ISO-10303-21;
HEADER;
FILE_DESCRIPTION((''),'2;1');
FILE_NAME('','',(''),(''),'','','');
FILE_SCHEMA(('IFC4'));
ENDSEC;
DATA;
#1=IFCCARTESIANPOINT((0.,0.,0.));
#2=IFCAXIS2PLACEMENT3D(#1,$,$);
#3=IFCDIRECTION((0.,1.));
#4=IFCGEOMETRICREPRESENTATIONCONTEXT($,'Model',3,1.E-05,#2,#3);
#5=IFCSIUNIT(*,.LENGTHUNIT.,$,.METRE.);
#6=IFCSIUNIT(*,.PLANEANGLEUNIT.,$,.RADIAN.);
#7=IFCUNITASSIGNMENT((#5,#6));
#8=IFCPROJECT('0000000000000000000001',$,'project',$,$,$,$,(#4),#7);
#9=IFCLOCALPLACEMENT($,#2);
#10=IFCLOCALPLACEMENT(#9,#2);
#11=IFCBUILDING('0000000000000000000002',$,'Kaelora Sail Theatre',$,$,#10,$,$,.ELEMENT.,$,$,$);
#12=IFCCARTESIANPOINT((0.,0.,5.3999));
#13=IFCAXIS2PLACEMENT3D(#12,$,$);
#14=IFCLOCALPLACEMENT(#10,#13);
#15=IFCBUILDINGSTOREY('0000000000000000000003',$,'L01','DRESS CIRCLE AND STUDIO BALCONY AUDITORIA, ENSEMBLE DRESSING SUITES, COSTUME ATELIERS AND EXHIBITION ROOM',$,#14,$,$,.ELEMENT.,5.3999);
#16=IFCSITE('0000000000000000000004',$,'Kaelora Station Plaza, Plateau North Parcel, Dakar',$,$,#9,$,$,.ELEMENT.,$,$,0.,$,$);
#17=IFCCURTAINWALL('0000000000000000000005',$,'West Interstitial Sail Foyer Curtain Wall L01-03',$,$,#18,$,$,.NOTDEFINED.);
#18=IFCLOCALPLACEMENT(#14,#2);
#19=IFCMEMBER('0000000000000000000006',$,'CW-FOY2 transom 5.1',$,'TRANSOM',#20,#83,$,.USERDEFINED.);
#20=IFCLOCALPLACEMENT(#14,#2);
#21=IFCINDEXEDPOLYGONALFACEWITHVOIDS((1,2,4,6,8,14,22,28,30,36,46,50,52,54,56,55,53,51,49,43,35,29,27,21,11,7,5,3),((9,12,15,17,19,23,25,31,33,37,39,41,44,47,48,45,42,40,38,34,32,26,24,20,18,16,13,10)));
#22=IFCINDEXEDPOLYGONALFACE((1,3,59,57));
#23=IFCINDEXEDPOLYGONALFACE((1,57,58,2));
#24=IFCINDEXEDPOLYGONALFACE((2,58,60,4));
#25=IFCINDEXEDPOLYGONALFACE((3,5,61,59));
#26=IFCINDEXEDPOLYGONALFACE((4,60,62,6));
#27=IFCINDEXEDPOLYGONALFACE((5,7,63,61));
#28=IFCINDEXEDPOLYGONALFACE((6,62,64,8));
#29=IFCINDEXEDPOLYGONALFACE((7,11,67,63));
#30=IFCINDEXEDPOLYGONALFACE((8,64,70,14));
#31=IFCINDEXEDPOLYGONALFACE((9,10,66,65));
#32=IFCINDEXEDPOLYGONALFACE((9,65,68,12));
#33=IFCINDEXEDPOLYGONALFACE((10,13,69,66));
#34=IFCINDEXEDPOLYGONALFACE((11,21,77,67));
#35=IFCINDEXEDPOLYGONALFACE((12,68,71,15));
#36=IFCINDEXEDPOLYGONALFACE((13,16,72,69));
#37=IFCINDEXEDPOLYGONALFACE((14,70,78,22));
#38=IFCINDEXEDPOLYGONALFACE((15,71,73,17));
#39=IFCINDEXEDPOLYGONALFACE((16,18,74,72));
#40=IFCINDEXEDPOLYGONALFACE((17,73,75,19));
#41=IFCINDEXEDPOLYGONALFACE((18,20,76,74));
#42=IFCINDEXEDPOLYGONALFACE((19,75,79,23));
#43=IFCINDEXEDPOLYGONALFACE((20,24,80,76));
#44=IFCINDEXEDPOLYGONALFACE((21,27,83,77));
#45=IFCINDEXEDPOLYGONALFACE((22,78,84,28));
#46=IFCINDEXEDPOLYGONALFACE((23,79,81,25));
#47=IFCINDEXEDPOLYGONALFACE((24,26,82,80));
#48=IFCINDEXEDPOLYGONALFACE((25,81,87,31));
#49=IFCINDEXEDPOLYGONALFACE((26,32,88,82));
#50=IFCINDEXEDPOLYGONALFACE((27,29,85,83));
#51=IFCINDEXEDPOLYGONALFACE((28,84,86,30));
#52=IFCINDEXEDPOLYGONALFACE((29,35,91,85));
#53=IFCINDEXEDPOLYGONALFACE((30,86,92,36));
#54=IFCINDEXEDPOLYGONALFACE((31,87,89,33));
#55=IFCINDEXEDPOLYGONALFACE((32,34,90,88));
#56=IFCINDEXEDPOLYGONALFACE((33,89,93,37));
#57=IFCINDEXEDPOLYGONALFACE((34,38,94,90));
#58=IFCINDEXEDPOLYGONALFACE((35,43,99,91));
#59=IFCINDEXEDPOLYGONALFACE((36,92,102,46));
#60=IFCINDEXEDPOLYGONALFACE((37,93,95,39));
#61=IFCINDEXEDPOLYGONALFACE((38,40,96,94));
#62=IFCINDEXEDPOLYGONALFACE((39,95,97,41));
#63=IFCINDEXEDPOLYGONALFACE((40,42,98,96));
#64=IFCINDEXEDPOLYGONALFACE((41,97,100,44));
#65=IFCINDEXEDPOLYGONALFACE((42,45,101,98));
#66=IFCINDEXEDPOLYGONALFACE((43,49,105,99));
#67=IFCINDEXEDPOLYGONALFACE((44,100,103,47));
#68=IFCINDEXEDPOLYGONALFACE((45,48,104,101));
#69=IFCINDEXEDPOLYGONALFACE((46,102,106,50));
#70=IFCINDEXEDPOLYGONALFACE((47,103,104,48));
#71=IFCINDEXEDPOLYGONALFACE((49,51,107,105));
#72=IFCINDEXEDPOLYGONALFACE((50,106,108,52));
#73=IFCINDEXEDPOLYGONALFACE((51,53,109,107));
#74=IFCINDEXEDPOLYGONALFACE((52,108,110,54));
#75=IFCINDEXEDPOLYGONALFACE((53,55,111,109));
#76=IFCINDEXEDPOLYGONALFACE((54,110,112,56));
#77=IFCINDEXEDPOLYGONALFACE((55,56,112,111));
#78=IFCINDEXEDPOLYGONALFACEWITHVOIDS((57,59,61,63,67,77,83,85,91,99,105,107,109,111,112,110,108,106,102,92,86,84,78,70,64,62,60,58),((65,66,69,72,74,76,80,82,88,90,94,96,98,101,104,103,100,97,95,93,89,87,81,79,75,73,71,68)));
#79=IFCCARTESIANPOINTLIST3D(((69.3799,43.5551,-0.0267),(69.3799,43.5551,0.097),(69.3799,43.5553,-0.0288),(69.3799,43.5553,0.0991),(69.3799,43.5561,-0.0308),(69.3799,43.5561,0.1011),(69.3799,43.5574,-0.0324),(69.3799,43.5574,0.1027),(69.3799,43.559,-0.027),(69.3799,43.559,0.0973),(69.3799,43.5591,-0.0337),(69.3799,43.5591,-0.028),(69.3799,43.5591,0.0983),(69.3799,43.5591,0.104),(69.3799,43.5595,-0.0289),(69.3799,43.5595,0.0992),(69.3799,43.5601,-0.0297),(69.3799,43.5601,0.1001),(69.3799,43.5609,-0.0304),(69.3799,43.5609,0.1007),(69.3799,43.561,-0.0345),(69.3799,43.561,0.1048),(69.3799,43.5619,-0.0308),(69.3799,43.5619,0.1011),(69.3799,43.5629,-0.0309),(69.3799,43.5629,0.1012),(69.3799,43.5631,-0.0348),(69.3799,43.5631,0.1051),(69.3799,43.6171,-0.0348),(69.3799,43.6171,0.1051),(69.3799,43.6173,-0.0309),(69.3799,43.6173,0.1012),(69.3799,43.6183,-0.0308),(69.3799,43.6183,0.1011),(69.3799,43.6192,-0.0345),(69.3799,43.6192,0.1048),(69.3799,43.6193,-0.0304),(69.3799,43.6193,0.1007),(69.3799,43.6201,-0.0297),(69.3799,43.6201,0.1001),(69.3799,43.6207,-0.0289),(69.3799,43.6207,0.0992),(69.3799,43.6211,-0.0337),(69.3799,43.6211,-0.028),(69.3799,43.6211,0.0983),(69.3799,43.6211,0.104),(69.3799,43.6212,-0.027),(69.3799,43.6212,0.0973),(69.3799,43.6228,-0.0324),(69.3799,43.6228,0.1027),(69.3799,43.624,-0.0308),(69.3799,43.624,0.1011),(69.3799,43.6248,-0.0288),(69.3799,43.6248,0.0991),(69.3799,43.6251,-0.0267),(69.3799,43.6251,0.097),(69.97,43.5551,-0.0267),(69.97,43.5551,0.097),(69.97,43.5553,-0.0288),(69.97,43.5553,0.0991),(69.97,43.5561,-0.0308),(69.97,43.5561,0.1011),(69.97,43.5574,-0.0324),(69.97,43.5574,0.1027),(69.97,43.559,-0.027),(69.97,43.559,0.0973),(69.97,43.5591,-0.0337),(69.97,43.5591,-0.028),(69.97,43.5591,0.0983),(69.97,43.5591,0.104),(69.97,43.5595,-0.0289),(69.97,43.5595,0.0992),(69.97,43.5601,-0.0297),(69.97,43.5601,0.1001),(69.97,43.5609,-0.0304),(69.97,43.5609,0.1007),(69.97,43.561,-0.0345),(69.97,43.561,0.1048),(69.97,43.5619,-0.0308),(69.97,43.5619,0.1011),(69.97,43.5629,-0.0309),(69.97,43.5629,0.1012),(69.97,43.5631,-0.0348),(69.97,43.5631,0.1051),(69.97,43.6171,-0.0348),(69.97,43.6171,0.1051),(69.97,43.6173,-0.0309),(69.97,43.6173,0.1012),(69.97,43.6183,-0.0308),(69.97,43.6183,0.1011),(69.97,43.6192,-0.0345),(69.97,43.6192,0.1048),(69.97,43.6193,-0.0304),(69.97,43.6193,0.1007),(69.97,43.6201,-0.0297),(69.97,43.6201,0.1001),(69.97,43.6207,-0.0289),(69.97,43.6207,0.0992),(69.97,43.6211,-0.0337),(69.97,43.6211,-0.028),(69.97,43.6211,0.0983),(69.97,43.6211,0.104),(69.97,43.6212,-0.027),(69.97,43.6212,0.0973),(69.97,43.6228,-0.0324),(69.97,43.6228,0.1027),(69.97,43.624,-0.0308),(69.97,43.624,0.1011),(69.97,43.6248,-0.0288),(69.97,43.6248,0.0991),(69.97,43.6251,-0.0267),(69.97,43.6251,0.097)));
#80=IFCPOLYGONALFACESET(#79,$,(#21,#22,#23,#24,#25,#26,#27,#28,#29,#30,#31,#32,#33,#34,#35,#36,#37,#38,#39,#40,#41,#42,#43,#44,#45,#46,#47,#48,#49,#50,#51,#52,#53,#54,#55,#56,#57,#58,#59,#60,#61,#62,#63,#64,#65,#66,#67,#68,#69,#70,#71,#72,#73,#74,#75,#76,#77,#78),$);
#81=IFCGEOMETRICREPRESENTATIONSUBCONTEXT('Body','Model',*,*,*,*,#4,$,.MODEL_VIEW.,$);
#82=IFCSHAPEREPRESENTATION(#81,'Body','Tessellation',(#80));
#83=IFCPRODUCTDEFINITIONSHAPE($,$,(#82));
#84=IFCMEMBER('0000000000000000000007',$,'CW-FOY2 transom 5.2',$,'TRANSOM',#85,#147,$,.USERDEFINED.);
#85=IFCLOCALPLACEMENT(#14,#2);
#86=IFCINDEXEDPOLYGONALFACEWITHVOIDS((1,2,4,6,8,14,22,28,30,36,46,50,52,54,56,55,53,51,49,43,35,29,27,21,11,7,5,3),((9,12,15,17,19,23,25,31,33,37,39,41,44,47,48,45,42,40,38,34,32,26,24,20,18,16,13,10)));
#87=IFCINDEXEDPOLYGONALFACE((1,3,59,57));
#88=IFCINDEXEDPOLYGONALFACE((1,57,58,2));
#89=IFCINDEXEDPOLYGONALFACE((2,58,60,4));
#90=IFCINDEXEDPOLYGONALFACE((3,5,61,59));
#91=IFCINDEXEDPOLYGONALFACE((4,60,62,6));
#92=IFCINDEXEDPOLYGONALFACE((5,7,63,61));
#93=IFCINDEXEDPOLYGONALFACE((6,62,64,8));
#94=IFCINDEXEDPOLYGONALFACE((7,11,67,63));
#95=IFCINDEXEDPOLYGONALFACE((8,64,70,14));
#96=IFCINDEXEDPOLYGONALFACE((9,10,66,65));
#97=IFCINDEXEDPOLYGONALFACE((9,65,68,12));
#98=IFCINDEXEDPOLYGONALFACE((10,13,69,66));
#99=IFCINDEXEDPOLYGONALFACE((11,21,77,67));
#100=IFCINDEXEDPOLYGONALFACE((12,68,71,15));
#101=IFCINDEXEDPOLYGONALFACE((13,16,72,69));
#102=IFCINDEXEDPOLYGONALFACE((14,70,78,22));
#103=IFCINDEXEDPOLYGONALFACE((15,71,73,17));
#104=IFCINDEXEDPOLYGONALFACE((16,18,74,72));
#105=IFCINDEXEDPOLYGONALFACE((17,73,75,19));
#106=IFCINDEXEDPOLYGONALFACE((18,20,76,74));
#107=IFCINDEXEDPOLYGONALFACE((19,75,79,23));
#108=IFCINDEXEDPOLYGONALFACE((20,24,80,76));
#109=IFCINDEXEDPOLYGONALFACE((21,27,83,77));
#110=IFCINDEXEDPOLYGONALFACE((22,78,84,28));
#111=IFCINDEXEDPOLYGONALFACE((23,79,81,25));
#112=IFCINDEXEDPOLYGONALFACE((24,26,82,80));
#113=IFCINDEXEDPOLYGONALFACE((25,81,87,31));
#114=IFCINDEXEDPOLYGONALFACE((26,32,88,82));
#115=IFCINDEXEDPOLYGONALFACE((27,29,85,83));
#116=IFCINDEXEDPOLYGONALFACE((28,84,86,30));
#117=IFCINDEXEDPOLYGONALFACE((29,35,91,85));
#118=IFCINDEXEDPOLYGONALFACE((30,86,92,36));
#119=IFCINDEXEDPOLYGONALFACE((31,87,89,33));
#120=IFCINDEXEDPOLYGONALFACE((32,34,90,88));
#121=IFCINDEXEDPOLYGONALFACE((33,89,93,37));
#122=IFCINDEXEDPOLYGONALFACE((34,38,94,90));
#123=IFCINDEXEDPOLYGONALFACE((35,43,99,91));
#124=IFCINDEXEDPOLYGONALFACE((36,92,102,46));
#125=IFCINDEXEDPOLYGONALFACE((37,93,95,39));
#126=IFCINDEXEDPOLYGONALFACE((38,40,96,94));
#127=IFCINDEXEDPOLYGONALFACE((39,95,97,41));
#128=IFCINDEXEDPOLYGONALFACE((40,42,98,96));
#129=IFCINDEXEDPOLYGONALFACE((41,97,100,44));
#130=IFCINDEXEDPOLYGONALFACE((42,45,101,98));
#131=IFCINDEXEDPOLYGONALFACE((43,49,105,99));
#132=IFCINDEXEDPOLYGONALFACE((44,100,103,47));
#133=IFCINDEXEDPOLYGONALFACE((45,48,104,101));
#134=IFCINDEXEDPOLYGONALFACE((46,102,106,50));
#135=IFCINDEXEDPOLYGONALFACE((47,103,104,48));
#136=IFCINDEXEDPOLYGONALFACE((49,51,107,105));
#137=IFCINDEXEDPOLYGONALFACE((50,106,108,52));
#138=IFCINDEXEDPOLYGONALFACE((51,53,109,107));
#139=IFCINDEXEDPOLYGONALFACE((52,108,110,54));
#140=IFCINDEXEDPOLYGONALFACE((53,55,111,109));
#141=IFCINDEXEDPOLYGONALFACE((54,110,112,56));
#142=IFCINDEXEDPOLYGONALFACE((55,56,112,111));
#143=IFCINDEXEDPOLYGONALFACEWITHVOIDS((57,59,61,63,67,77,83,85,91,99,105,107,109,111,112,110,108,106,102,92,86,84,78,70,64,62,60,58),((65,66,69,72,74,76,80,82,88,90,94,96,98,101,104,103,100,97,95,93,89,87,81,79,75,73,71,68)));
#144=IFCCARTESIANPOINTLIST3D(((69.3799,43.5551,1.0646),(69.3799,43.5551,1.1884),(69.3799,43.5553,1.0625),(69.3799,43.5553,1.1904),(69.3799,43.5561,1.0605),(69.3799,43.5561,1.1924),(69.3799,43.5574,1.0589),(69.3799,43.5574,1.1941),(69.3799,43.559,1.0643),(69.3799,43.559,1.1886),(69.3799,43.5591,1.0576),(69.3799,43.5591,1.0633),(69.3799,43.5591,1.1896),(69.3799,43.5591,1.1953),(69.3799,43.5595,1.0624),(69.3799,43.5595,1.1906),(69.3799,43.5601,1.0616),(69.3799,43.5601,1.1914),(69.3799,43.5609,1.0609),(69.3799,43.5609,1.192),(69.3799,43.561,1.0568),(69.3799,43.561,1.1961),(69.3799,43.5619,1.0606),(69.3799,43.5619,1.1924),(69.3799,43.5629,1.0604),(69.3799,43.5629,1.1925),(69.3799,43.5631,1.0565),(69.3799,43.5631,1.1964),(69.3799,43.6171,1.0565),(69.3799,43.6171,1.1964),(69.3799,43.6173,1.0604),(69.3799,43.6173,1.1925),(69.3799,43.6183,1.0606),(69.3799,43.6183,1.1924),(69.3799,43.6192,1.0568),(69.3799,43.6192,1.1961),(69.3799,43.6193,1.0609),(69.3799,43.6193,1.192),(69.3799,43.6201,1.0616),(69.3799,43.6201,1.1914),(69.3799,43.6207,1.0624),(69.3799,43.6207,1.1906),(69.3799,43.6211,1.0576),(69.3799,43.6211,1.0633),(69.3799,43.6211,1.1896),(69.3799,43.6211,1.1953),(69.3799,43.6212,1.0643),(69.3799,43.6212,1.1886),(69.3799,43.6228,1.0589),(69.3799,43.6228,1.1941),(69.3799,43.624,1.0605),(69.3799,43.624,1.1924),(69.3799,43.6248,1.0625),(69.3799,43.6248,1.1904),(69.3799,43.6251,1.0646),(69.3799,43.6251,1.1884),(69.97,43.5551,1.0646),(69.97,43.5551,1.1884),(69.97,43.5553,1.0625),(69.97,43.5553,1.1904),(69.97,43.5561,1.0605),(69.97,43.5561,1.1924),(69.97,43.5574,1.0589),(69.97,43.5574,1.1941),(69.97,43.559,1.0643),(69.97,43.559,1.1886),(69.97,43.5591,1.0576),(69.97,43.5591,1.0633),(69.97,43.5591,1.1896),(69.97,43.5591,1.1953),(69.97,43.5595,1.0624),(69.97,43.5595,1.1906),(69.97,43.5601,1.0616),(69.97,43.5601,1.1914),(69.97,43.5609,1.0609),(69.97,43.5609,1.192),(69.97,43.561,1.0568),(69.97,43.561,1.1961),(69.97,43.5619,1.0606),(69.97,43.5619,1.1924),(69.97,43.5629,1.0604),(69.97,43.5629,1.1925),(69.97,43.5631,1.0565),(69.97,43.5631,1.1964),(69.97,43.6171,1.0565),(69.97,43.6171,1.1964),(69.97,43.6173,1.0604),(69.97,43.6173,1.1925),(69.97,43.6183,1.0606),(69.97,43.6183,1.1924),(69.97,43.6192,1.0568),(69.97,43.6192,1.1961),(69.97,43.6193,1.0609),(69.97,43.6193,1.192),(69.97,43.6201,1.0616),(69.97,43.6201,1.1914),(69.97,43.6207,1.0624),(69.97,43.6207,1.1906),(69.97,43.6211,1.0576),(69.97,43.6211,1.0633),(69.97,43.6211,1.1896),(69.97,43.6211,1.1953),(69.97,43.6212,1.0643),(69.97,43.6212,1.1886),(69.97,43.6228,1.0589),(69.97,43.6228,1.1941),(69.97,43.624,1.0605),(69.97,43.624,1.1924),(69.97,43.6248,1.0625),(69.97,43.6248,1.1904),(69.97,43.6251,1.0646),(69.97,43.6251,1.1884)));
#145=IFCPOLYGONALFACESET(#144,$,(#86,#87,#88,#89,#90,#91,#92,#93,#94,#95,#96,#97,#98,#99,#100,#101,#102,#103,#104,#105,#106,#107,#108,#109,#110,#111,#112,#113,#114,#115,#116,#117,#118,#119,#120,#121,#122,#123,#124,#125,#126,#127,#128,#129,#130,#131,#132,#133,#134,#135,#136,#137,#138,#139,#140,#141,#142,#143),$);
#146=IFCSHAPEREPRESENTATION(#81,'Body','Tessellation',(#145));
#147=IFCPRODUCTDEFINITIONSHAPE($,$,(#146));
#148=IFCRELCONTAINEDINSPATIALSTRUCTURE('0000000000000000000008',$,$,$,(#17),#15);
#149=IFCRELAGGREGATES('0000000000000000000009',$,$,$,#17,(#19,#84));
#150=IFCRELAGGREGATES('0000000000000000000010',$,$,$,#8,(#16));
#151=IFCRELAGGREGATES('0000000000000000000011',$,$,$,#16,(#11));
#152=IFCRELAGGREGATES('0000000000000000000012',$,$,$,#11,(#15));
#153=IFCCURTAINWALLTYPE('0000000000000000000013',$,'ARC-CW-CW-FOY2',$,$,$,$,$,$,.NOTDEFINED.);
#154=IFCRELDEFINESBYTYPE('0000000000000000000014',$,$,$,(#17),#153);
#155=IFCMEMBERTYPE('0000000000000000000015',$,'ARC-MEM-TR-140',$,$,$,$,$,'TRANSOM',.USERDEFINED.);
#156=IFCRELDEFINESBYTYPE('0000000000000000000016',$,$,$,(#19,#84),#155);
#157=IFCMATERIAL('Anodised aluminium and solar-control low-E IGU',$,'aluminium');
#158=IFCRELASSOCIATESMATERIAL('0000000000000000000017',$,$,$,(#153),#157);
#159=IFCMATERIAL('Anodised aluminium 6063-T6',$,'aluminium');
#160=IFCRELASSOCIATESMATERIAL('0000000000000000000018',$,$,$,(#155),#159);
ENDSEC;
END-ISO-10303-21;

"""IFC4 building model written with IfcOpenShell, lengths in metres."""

from ifc_helpers import new_model, si_unit, direction, frame, origin, origin_2d, place, context, subcontext, project, spatial, hollow_rectangle, extrude, material, material_profile, profile_set, type_object, element, aggregate, save


model = new_model("IFC4")

# Units and contexts
model_context = context("Model", 3, precision=1e-05, world=origin(), true_north=direction((0.0, 1.0)))
body_context = subcontext(model_context, "Body", "Model", "MODEL_VIEW")
ifc_project = project(units=[si_unit("LENGTHUNIT", "METRE"), si_unit("PLANEANGLEUNIT", "RADIAN")], contexts=[model_context])

# Site, building, storey
site_placement = place(None, origin())
site = spatial("IfcSite", under=ifc_project, at=site_placement, Name="Kaelora Station Plaza, Plateau North Parcel, Dakar", CompositionType="ELEMENT", RefElevation=0.0)
building_placement = place(site_placement, origin())
building = spatial("IfcBuilding", under=site, at=building_placement, Name="Kaelora Sail Theatre", CompositionType="ELEMENT")
storey_placement = place(building_placement, frame((0.0, 0.0, 5.3999)))
storey = spatial("IfcBuildingStorey", under=building, at=storey_placement, Name="L01", Description="DRESS CIRCLE AND STUDIO BALCONY AUDITORIA, ENSEMBLE DRESSING SUITES, COSTUME ATELIERS AND EXHIBITION ROOM", CompositionType="ELEMENT", Elevation=5.3999)

# Curtain wall
ifc_material_1 = material(Name="Anodised aluminium and solar-control low-E IGU", Category="aluminium")
curtain_wall_type = type_object("IfcCurtainWallType", Name="ARC-CW-CW-FOY2", PredefinedType="NOTDEFINED", material=ifc_material_1)
curtain_wall_1_placement = place(storey_placement, origin())
curtain_wall_1 = element("IfcCurtainWall", 1, at=curtain_wall_1_placement, inside=storey, type_object=curtain_wall_type, Name="West Interstitial Sail Foyer Curtain Wall L01-03", PredefinedType="NOTDEFINED")

# Members
ifc_material_2 = material(Name="Anodised aluminium 6063-T6", Category="aluminium")
ifc_material_profile_1 = material_profile(ifc_material_2, hollow_rectangle(XDim=0.0701, YDim=0.1399, WallThickness=0.0039, InnerFilletRadius=0.0039, OuterFilletRadius=0.0081, at=origin_2d()), Name="ALU-TRAN 70x140x4")
ifc_profile_set_1 = profile_set([ifc_material_profile_1], Name="Anodised aluminium 6063-T6")
member_type_1 = type_object("IfcMemberType", Name="ARC-MEM-TR-140", ElementType="TRANSOM", PredefinedType="USERDEFINED", material=ifc_profile_set_1)
member_1_placement = place(storey_placement, frame((69.3799, 43.5901, 0.0352), z_axis=(1.0, 0.0, 0.0), x_axis=(0.0, 1.0, 0.0)))
member_1 = element("IfcMember", 2, at=member_1_placement, type_object=member_type_1, Name="CW-FOY2 transom 5.1", ObjectType="TRANSOM", PredefinedType="USERDEFINED", context=body_context, shape_type="SweptSolid", body=[
    extrude(hollow_rectangle(XDim=0.0701, YDim=0.1399, WallThickness=0.0039, InnerFilletRadius=0.0039, OuterFilletRadius=0.0081, at=origin_2d()), origin(), (0.0, 0.0, 1.0), 0.5901),
])
member_2_placement = place(storey_placement, frame((69.3799, 43.5901, 1.1265), z_axis=(1.0, 0.0, 0.0), x_axis=(0.0, 1.0, 0.0)))
member_2 = element("IfcMember", 3, at=member_2_placement, type_object=member_type_1, Name="CW-FOY2 transom 5.2", ObjectType="TRANSOM", PredefinedType="USERDEFINED", context=body_context, shape_type="SweptSolid", body=[
    extrude(hollow_rectangle(XDim=0.0701, YDim=0.1399, WallThickness=0.0039, InnerFilletRadius=0.0039, OuterFilletRadius=0.0081, at=origin_2d()), origin(), (0.0, 0.0, 1.0), 0.5901),
])

aggregate(curtain_wall_1, [member_1, member_2])

save(model, "model.ifc")
